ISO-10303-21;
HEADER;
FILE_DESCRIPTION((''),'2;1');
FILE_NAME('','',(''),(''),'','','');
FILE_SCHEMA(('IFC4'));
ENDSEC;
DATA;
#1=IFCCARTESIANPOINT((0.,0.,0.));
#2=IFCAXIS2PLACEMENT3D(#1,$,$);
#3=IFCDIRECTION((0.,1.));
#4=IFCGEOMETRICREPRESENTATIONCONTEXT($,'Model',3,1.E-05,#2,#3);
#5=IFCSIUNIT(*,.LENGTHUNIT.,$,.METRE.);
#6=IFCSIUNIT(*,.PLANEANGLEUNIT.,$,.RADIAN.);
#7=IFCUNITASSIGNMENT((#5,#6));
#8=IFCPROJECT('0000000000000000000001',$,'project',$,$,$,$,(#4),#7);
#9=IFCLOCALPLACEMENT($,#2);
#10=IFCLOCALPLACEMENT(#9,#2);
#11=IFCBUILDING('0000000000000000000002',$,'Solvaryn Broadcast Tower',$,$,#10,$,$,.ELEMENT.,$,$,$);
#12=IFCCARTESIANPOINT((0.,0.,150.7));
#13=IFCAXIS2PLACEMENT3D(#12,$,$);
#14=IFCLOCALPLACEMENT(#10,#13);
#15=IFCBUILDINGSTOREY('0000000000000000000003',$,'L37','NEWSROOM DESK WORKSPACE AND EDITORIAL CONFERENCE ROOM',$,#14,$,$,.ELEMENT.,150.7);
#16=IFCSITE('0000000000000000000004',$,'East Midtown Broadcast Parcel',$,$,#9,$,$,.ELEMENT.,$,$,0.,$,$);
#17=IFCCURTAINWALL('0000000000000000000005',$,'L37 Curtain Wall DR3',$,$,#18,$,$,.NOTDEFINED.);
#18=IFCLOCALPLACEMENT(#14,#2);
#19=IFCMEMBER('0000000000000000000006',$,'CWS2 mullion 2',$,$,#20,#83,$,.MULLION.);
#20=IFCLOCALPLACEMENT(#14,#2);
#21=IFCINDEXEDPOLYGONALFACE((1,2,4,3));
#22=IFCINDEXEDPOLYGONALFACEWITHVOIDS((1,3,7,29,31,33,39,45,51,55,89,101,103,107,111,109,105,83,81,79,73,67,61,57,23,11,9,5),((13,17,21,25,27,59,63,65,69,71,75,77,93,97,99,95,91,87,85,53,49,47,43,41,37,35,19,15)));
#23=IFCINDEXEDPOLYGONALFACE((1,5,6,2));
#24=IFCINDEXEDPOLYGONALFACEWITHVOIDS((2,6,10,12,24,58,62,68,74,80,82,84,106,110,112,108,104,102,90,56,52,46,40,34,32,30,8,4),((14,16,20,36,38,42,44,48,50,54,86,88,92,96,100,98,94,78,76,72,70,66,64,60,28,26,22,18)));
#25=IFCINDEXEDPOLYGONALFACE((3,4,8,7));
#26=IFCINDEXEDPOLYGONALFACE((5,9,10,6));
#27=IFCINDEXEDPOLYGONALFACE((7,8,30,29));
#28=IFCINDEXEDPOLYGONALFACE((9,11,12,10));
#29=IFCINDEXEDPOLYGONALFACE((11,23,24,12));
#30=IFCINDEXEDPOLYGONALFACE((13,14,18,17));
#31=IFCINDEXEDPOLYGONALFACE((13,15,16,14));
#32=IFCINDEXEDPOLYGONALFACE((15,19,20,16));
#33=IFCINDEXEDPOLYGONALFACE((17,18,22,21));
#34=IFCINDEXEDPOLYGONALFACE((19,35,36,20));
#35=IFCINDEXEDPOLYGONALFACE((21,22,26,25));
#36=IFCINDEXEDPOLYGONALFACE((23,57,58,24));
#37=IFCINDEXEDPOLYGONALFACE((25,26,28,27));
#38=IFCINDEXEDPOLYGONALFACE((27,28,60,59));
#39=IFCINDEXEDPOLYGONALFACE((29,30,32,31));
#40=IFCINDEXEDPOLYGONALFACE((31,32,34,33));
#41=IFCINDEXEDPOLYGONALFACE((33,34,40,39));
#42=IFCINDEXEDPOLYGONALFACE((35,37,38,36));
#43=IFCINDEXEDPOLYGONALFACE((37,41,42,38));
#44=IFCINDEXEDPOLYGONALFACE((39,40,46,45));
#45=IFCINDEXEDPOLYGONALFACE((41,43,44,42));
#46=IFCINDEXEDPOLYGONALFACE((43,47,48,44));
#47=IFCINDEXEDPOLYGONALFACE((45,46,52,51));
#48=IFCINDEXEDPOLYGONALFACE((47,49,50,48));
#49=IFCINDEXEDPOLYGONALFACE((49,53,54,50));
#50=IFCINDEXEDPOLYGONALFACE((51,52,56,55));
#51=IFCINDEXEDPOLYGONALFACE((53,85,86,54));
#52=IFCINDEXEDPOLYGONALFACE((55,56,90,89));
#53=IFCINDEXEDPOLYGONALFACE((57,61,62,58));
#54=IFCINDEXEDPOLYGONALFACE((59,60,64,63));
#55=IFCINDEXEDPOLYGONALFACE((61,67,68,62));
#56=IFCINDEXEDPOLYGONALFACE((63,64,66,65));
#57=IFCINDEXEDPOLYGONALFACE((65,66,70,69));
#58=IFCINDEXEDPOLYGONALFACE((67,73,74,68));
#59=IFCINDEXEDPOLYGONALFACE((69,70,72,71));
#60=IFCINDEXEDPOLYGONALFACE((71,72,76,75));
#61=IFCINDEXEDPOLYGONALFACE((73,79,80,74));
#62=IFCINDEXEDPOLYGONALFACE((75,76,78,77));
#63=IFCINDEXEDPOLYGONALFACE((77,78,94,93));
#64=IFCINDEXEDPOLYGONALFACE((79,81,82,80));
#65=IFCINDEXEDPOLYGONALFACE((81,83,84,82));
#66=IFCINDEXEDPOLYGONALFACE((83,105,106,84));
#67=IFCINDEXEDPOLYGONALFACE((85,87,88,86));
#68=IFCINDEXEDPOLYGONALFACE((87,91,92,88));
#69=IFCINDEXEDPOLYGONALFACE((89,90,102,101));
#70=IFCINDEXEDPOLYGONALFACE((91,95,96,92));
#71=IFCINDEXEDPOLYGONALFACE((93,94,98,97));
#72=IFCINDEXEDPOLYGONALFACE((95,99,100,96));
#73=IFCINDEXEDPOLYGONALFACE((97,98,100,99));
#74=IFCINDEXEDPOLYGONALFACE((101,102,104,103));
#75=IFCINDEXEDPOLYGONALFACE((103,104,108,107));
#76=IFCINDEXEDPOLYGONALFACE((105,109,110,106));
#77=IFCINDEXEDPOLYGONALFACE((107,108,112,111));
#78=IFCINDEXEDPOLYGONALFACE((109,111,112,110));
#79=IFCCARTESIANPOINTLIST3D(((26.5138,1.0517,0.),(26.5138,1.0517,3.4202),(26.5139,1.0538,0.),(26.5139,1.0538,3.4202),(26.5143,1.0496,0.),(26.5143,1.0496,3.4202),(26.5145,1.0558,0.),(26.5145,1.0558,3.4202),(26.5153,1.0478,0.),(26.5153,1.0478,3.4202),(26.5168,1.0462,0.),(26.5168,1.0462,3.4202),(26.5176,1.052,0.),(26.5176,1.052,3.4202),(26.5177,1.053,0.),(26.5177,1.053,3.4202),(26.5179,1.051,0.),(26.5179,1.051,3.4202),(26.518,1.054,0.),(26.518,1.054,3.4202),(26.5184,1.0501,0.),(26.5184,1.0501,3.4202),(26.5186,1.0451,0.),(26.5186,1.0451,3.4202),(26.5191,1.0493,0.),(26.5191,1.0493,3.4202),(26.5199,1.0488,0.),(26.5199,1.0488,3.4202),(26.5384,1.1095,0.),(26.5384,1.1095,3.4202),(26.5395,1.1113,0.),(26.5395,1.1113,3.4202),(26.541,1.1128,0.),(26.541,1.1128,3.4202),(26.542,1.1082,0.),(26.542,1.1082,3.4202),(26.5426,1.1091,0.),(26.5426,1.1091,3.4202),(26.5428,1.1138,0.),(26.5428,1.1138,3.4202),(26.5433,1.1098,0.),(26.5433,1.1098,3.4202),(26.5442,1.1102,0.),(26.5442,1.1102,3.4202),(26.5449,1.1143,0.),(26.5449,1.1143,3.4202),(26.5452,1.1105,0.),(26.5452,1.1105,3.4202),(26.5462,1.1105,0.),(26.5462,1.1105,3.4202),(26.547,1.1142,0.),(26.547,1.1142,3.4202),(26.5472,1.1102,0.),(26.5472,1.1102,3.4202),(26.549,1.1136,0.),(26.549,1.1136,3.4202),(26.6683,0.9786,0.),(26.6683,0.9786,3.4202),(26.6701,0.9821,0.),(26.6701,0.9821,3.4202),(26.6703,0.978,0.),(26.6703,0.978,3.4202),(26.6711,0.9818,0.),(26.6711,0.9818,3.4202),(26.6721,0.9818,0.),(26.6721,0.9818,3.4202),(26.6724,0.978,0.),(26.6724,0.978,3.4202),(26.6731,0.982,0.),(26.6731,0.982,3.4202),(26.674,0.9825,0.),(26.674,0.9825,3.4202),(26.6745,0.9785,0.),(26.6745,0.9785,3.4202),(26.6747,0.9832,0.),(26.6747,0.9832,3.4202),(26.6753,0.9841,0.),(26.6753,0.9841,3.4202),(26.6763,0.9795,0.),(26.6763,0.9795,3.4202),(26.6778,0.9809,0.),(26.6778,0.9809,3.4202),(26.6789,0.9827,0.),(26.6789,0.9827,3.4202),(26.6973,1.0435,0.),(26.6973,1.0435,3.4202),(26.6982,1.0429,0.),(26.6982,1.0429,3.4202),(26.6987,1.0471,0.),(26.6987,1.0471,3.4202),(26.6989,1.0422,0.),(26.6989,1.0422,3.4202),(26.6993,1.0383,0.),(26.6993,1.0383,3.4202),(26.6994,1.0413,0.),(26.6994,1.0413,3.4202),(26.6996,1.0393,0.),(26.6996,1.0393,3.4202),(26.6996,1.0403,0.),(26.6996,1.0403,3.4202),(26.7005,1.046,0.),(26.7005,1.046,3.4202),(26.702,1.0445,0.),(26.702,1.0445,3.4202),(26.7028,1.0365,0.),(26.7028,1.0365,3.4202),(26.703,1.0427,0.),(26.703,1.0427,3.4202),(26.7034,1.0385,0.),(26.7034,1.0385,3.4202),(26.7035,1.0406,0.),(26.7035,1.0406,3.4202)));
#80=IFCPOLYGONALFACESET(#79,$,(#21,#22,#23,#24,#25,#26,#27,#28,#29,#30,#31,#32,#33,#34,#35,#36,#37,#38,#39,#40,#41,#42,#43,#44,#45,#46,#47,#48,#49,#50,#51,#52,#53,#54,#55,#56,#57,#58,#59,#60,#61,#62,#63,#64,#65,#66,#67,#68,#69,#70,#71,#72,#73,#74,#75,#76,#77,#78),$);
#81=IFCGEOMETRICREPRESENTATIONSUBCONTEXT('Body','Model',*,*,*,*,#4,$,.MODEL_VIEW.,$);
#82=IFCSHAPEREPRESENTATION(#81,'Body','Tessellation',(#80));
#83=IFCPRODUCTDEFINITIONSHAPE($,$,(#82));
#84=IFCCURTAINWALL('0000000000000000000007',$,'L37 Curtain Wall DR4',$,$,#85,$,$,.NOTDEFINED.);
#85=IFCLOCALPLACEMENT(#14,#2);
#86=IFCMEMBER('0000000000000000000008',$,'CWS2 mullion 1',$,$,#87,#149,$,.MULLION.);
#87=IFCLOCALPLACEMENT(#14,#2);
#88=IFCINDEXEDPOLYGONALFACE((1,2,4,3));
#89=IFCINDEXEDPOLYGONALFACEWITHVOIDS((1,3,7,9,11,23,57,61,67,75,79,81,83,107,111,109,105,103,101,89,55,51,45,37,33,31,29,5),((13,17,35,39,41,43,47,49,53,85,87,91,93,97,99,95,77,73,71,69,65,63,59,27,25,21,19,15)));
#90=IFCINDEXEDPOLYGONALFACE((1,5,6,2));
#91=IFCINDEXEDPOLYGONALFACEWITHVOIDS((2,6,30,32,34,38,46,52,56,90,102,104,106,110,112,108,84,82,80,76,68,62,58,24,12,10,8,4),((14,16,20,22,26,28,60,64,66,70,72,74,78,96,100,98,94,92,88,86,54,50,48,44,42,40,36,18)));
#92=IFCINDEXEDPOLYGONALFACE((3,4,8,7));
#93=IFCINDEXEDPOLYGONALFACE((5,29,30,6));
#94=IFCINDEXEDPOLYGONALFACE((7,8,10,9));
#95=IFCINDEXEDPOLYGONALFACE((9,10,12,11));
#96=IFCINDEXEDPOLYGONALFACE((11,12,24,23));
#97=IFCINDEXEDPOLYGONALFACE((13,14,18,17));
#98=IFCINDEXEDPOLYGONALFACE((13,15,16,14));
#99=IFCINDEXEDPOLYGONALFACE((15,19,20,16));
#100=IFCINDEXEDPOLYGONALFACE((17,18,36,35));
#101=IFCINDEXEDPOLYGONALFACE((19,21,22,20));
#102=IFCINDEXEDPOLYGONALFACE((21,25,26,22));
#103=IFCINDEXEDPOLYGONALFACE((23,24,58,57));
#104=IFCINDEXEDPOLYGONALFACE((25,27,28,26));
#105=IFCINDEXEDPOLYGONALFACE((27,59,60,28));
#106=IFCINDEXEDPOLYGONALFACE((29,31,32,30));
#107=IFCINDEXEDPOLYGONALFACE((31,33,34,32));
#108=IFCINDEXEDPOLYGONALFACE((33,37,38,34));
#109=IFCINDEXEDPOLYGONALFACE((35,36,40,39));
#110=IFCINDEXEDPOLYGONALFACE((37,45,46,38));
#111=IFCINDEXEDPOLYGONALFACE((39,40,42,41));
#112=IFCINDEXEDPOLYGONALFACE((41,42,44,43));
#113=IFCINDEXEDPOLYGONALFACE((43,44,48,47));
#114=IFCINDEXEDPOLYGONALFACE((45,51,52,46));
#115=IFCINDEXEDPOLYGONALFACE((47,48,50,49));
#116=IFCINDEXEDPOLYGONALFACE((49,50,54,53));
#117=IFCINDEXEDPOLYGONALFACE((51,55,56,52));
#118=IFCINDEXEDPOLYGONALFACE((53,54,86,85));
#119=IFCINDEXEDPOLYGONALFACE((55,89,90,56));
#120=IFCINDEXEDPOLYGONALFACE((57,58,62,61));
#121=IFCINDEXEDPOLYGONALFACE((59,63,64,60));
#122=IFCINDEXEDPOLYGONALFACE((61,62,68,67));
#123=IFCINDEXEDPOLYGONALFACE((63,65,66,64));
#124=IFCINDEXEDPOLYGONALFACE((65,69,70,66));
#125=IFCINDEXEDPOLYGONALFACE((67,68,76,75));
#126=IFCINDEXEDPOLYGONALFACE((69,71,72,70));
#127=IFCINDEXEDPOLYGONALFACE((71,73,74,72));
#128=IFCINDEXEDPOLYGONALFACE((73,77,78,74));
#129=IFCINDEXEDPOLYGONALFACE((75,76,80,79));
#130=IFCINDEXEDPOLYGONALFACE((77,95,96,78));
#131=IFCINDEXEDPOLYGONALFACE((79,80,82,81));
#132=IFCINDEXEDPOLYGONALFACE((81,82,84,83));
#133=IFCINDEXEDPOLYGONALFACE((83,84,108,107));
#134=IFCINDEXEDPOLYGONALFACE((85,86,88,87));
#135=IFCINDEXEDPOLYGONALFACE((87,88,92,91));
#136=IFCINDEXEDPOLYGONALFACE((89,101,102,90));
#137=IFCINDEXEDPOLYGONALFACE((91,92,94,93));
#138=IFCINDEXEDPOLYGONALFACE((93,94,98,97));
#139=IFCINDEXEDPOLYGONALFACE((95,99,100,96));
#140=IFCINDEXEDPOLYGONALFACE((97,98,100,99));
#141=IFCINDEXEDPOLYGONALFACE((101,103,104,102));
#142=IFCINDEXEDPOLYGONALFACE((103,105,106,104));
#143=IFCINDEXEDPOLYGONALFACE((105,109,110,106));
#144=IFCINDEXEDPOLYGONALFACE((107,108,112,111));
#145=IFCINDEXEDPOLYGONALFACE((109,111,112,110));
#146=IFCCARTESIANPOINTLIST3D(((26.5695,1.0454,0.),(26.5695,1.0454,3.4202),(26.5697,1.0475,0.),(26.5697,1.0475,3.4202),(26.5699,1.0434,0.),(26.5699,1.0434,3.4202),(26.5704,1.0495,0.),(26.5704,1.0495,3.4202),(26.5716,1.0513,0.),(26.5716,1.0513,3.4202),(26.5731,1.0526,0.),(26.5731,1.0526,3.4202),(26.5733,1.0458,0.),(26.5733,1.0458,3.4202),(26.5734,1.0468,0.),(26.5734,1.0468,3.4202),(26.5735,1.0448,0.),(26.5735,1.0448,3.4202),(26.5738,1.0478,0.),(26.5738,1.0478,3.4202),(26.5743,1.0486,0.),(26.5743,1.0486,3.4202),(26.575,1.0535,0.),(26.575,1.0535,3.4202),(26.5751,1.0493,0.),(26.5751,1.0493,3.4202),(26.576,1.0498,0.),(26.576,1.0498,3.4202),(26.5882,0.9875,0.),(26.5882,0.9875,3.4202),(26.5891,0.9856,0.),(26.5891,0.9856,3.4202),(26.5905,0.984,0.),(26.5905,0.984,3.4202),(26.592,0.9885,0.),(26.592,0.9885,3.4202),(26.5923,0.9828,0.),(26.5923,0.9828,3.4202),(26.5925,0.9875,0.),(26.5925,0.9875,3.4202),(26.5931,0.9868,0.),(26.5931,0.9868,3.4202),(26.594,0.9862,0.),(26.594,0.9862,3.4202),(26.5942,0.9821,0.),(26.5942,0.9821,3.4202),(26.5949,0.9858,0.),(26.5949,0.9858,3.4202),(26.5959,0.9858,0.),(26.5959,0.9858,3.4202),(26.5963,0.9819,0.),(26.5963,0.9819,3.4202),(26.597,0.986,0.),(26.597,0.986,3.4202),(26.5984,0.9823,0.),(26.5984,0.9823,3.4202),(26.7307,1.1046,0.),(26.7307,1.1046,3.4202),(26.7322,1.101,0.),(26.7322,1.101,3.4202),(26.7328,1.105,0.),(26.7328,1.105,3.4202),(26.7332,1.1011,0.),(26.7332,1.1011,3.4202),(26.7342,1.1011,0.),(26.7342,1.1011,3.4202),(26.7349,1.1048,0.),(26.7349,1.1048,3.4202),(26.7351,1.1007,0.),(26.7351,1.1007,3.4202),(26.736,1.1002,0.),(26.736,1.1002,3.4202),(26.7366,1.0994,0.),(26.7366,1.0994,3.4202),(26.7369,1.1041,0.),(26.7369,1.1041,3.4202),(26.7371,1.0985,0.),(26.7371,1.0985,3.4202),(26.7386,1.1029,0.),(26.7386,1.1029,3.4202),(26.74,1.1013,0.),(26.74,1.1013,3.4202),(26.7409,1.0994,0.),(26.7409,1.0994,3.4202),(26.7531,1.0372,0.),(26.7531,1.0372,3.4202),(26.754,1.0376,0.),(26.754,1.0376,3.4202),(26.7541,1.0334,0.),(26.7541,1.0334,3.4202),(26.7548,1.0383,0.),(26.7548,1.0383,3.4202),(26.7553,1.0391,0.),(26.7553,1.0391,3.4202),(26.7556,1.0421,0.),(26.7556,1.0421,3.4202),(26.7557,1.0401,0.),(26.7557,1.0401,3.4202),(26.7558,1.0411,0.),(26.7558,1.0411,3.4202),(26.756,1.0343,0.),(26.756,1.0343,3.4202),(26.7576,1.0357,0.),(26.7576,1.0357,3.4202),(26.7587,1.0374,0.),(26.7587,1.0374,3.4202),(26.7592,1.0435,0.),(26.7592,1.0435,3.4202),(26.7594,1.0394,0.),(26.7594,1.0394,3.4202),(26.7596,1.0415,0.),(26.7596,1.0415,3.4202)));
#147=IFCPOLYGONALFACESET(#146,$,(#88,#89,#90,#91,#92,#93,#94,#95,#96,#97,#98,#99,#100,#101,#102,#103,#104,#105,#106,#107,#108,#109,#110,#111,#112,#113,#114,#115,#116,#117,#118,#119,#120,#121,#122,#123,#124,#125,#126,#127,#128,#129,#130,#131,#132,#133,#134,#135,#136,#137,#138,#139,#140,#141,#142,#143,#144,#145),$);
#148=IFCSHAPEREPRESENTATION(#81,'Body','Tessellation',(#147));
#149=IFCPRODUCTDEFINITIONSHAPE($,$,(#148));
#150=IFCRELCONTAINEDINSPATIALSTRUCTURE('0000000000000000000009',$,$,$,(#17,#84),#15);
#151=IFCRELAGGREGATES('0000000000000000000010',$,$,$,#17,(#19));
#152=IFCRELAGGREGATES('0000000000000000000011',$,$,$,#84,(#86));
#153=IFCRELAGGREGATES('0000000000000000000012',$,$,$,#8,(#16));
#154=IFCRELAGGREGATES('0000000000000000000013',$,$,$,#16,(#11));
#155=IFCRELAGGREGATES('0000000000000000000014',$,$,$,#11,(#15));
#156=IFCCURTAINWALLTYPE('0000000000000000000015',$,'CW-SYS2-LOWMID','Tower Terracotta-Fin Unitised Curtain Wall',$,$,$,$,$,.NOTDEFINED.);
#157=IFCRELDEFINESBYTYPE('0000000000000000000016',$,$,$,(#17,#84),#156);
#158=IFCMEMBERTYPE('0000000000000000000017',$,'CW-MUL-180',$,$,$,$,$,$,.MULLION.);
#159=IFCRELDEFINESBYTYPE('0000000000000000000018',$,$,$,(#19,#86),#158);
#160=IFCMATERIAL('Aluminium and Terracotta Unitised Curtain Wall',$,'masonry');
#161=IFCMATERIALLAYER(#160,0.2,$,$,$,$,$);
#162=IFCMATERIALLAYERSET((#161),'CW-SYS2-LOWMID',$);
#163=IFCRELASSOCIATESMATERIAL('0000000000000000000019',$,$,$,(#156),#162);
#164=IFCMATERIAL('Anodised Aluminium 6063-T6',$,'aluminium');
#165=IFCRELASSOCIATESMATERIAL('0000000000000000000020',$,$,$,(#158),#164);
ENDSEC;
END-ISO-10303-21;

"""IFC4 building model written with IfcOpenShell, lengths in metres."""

from ifc_helpers import new_model, si_unit, direction, frame, origin, origin_2d, place, context, subcontext, project, spatial, hollow_rectangle, extrude, material, layer, layer_set, material_profile, profile_set, type_object, element, aggregate, save


model = new_model("IFC4")

# Units and contexts
model_context = context("Model", 3, precision=1e-05, world=origin(), true_north=direction((0.0, 1.0)))
body_context = subcontext(model_context, "Body", "Model", "MODEL_VIEW")
ifc_project = project(units=[si_unit("LENGTHUNIT", "METRE"), si_unit("PLANEANGLEUNIT", "RADIAN")], contexts=[model_context])

# Site, building, storey
site_placement = place(None, origin())
site = spatial("IfcSite", under=ifc_project, at=site_placement, Name="East Midtown Broadcast Parcel", CompositionType="ELEMENT", RefElevation=0.0)
building_placement = place(site_placement, origin())
building = spatial("IfcBuilding", under=site, at=building_placement, Name="Solvaryn Broadcast Tower", CompositionType="ELEMENT")
storey_placement = place(building_placement, frame((0.0, 0.0, 150.7)))
storey = spatial("IfcBuildingStorey", under=building, at=storey_placement, Name="L37", Description="NEWSROOM DESK WORKSPACE AND EDITORIAL CONFERENCE ROOM", CompositionType="ELEMENT", Elevation=150.7)

# Curtain wall, member
ifc_material_1 = material(Name="Aluminium and Terracotta Unitised Curtain Wall", Category="masonry")
ifc_layer_1 = layer(ifc_material_1, 0.2)
ifc_layer_set_1 = layer_set([ifc_layer_1], Name="CW-SYS2-LOWMID")
curtain_wall_type = type_object("IfcCurtainWallType", Name="CW-SYS2-LOWMID", Description="Tower Terracotta-Fin Unitised Curtain Wall", PredefinedType="NOTDEFINED", material=ifc_layer_set_1)
curtain_wall_1_placement = place(storey_placement, origin())
curtain_wall_1 = element("IfcCurtainWall", 1, at=curtain_wall_1_placement, inside=storey, type_object=curtain_wall_type, Name="L37 Curtain Wall DR3", PredefinedType="NOTDEFINED")
ifc_material_2 = material(Name="Anodised Aluminium 6063-T6", Category="aluminium")
ifc_material_profile_1 = material_profile(ifc_material_2, hollow_rectangle(XDim=0.075, YDim=0.1799, WallThickness=0.0039, InnerFilletRadius=0.0039, OuterFilletRadius=0.0081, at=origin_2d()))
ifc_profile_set_1 = profile_set([ifc_material_profile_1], Name="Anodised Aluminium 6063-T6")
member_type_1 = type_object("IfcMemberType", Name="CW-MUL-180", PredefinedType="MULLION", material=ifc_profile_set_1)
member_1_placement = place(storey_placement, frame((26.6086, 1.0461, 0.0), z_axis=(0.0, 0.0, 1.0), x_axis=(0.405918, 0.913909, 0.0)))
member_1 = element("IfcMember", 2, at=member_1_placement, type_object=member_type_1, Name="CWS2 mullion 2", PredefinedType="MULLION", context=body_context, shape_type="SweptSolid", body=[
    extrude(hollow_rectangle(XDim=0.075, YDim=0.1799, WallThickness=0.0039, InnerFilletRadius=0.0039, OuterFilletRadius=0.0081, at=origin_2d()), origin(), (0.0, 0.0, 1.0), 3.4202),
])
aggregate(curtain_wall_1, [member_1])

# Curtain wall, member
curtain_wall_2_placement = place(storey_placement, origin())
curtain_wall_2 = element("IfcCurtainWall", 3, at=curtain_wall_2_placement, inside=storey, type_object=curtain_wall_type, Name="L37 Curtain Wall DR4", PredefinedType="NOTDEFINED")
member_2_placement = place(storey_placement, frame((26.6646, 1.0435, 0.0), z_axis=(0.0, 0.0, 1.0), x_axis=(-0.311646, 0.950198, 0.0)))
member_2 = element("IfcMember", 4, at=member_2_placement, type_object=member_type_1, Name="CWS2 mullion 1", PredefinedType="MULLION", context=body_context, shape_type="SweptSolid", body=[
    extrude(hollow_rectangle(XDim=0.075, YDim=0.1799, WallThickness=0.0039, InnerFilletRadius=0.0039, OuterFilletRadius=0.0081, at=origin_2d()), origin(), (0.0, 0.0, 1.0), 3.4202),
])
aggregate(curtain_wall_2, [member_2])

save(model, "model.ifc")
